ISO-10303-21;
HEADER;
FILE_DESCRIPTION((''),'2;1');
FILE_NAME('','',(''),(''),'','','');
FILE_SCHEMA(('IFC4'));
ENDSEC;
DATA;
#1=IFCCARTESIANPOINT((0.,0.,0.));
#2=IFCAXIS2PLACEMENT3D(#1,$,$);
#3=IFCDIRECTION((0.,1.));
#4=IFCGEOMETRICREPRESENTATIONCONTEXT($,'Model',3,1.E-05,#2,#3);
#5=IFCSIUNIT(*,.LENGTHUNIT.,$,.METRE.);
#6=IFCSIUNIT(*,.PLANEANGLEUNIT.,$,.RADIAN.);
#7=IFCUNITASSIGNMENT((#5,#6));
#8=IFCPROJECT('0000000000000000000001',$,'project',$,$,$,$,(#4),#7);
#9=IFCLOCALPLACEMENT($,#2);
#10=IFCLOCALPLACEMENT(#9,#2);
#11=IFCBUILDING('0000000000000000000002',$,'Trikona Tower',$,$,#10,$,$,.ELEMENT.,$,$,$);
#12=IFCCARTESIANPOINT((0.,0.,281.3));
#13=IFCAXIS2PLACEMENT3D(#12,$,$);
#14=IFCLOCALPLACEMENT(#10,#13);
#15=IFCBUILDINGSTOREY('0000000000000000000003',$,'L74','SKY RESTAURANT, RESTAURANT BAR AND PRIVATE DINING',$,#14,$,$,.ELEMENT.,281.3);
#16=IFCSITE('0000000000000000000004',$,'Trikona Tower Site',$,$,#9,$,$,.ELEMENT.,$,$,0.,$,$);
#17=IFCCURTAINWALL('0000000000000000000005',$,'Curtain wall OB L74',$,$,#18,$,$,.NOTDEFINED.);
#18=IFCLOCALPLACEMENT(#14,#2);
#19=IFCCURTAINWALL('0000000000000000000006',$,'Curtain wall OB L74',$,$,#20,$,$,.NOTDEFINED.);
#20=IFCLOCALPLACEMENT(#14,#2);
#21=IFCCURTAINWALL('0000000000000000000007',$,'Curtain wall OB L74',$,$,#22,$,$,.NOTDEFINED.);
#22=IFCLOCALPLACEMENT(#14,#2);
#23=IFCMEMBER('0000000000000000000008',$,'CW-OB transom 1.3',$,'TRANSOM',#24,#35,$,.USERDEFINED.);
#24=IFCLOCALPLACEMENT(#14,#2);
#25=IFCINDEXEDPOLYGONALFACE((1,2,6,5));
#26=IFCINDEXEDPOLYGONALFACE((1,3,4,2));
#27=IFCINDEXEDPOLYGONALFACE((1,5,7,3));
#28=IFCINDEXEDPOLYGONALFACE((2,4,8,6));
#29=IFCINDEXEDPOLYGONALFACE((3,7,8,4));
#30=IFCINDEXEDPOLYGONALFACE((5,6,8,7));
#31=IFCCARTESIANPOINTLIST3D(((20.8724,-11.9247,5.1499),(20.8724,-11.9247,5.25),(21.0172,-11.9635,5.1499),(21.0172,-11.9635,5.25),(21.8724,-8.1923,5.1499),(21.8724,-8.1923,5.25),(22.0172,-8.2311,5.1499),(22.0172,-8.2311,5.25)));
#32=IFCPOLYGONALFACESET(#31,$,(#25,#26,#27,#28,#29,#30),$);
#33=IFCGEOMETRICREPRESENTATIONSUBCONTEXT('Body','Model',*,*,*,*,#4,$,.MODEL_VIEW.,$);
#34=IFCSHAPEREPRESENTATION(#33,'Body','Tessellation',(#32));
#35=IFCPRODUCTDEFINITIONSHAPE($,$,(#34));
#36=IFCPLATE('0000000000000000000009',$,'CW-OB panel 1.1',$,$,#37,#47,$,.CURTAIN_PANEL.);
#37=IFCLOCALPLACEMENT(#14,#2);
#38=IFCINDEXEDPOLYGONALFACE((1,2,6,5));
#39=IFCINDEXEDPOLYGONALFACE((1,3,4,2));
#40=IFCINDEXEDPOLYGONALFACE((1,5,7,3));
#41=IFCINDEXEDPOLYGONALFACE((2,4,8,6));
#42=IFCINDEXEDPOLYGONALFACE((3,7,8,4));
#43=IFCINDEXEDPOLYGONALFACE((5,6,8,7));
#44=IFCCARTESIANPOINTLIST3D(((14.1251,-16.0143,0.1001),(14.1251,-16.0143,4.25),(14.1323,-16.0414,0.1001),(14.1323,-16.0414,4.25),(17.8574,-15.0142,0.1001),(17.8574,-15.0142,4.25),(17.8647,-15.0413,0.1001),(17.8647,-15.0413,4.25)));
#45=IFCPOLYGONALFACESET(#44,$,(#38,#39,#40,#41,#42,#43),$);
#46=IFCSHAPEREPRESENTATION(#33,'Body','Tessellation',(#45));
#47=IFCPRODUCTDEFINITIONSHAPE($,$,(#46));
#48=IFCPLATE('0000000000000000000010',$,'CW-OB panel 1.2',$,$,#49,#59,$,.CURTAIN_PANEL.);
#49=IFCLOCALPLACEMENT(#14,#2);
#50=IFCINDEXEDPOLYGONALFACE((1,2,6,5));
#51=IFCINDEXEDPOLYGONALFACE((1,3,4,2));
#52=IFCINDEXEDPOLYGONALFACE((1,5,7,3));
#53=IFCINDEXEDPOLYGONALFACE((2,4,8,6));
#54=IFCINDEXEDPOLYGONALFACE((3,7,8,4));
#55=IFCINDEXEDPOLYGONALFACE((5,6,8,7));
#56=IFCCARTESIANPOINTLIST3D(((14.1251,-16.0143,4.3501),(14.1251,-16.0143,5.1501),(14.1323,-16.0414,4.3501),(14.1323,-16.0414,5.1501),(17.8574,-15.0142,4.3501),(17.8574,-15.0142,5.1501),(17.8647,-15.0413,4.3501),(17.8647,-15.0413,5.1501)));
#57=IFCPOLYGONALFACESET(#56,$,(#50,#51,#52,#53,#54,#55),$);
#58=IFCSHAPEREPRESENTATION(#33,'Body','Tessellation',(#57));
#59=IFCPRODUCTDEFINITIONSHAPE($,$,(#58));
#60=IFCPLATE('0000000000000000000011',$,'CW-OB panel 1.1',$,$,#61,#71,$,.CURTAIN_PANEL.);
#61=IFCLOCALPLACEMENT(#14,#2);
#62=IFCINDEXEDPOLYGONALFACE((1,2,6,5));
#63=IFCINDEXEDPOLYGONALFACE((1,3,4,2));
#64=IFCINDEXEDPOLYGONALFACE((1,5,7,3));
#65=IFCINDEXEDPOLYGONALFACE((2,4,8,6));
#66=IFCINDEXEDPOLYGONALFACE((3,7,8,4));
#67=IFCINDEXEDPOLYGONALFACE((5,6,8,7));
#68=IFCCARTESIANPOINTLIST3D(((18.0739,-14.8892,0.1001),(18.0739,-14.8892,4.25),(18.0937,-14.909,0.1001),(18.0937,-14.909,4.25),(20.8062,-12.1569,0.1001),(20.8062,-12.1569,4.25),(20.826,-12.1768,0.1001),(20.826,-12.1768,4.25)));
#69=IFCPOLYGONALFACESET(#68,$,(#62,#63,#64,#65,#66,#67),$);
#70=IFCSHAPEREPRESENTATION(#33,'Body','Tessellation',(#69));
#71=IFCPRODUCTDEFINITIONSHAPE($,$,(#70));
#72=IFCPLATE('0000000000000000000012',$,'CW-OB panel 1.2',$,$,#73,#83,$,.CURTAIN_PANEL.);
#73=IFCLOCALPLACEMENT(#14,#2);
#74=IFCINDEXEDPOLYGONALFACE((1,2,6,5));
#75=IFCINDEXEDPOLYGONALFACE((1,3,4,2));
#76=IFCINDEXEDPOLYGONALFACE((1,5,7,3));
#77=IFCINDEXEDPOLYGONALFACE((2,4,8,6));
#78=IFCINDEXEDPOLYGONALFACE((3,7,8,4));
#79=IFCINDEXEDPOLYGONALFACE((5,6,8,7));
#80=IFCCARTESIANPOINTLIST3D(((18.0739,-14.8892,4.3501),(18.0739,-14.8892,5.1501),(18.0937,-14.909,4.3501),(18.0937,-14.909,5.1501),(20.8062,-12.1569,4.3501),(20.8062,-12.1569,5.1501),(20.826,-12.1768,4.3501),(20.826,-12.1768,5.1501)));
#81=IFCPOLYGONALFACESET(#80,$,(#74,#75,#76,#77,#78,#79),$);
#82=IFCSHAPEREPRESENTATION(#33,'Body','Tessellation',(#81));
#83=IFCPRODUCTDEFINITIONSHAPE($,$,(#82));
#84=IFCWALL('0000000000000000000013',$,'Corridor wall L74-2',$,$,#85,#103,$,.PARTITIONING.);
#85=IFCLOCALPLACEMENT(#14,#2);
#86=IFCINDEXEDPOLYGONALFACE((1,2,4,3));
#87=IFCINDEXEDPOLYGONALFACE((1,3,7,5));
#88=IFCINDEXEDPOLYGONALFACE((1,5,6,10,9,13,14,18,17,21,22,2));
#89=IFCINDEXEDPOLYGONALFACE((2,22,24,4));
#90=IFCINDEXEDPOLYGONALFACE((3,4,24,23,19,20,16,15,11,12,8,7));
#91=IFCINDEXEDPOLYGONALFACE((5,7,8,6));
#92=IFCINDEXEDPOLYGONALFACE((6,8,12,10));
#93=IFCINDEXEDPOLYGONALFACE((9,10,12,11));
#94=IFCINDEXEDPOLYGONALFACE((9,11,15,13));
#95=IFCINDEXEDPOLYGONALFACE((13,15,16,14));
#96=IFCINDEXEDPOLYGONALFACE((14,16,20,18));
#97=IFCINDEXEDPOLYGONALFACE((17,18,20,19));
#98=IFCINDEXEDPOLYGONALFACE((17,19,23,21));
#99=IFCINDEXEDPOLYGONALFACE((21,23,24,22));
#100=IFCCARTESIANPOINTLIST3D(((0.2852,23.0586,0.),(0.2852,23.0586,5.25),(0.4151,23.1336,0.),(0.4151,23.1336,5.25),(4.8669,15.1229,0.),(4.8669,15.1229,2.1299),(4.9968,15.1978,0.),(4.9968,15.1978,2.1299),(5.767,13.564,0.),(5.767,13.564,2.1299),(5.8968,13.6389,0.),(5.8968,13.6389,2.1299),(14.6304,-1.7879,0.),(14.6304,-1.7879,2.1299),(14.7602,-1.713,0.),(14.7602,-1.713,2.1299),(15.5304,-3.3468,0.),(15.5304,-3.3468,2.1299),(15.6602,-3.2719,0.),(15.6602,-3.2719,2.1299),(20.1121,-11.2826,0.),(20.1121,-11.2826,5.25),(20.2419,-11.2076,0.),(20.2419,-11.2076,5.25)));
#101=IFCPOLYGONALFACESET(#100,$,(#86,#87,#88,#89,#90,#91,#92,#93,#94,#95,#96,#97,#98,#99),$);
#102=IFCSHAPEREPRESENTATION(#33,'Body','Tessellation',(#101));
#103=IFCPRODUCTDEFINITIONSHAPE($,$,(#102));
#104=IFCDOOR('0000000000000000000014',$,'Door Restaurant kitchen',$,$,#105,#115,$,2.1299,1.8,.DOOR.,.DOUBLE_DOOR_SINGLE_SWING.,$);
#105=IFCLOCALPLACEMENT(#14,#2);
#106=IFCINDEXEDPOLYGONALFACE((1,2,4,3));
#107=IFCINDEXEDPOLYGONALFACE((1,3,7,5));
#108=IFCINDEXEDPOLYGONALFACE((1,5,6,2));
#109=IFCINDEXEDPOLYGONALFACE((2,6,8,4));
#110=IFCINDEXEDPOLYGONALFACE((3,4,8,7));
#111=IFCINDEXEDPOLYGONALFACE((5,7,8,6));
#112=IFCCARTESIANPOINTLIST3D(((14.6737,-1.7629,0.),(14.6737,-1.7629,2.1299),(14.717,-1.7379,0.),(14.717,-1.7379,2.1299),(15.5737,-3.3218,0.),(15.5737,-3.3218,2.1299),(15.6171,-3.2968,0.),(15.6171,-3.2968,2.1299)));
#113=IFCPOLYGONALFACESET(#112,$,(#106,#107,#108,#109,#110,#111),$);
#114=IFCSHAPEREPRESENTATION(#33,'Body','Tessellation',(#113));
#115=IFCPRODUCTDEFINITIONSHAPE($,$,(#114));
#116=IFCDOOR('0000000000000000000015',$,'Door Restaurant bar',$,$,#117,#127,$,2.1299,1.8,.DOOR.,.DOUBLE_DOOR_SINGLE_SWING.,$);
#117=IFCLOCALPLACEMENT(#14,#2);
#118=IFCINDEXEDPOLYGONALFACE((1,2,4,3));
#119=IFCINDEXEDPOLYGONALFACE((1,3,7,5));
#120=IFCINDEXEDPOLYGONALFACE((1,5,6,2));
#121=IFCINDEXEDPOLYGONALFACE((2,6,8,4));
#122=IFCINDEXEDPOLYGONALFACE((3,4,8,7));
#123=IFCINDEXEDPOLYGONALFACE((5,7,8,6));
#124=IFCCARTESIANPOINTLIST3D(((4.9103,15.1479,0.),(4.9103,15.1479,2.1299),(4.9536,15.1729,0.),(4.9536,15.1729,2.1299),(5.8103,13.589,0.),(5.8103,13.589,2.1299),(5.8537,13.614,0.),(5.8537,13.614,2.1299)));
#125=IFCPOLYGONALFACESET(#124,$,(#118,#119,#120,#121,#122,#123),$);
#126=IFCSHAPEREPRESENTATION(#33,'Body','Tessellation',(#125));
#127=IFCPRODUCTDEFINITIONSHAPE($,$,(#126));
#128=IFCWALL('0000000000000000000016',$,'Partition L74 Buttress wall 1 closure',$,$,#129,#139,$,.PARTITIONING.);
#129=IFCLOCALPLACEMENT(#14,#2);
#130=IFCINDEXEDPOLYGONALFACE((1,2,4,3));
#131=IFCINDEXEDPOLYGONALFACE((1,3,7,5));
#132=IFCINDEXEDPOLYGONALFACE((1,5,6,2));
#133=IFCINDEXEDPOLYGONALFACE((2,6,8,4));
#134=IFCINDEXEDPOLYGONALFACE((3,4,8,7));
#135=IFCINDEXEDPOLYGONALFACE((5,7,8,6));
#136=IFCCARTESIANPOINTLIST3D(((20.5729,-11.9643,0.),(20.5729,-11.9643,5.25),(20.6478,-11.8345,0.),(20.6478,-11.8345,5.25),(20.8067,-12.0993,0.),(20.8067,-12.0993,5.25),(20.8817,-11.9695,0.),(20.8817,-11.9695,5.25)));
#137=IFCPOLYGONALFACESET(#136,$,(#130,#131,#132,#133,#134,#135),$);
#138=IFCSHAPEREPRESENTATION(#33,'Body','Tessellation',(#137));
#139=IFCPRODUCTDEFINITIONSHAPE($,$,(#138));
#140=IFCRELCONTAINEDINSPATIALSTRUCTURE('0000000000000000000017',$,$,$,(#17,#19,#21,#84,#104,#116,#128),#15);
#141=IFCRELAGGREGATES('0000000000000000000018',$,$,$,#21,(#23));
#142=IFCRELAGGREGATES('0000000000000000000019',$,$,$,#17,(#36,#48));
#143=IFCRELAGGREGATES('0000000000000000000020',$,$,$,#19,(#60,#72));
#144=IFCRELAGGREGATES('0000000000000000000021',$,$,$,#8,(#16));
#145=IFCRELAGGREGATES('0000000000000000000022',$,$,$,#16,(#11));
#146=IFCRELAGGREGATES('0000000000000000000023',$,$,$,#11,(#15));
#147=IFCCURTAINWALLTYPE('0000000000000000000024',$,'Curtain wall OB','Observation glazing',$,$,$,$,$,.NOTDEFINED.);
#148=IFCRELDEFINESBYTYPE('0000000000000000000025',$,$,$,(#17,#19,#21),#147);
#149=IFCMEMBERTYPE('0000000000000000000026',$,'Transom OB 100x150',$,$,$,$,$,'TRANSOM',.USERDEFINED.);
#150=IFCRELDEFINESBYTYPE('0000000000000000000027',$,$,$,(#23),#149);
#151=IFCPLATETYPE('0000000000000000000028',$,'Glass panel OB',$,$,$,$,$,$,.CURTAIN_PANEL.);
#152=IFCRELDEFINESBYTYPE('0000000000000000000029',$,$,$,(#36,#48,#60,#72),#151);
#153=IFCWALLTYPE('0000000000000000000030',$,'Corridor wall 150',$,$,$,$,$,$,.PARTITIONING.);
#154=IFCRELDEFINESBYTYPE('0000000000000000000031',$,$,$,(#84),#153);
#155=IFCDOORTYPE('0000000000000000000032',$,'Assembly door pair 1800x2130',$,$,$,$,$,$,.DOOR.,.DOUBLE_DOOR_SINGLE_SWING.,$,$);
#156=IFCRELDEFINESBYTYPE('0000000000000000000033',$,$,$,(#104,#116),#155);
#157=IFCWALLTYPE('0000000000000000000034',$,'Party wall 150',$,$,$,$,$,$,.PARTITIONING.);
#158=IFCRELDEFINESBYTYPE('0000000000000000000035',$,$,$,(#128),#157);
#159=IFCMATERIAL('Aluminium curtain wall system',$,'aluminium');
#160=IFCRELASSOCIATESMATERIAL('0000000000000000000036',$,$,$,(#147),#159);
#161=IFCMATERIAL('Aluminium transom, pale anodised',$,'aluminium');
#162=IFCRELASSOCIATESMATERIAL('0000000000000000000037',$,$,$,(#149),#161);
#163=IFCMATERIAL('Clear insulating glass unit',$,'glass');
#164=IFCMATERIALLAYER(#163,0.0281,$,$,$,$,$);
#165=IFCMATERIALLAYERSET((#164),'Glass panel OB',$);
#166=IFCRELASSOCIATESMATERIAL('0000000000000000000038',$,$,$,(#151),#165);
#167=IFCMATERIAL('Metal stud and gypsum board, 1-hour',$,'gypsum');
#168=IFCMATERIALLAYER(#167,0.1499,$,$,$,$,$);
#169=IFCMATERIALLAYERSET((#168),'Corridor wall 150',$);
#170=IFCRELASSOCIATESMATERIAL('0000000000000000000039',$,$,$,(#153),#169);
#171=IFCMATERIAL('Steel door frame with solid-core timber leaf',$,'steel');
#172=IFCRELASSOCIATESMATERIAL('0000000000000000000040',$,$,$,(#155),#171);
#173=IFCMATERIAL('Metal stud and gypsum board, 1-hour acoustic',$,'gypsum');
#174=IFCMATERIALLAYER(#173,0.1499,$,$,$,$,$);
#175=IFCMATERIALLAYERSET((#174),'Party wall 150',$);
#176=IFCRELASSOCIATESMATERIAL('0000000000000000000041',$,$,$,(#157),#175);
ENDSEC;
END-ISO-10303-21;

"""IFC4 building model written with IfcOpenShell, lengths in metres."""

from ifc_helpers import new_model, si_unit, direction, frame, frame_2d, origin, origin_2d, place, context, subcontext, project, spatial, rectangle, extrude, material, layer, layer_set, material_profile, profile_set, type_object, element, fill, aggregate, save


model = new_model("IFC4")

# Units and contexts
model_context = context("Model", 3, precision=1e-05, world=origin(), true_north=direction((0.0, 1.0)))
body_context = subcontext(model_context, "Body", "Model", "MODEL_VIEW")
ifc_project = project(units=[si_unit("LENGTHUNIT", "METRE"), si_unit("PLANEANGLEUNIT", "RADIAN")], contexts=[model_context])

# Site, building, storey
site_placement = place(None, origin())
site = spatial("IfcSite", under=ifc_project, at=site_placement, Name="Trikona Tower Site", CompositionType="ELEMENT", RefElevation=0.0)
building_placement = place(site_placement, origin())
building = spatial("IfcBuilding", under=site, at=building_placement, Name="Trikona Tower", CompositionType="ELEMENT")
storey_placement = place(building_placement, frame((0.0, 0.0, 281.3)))
storey = spatial("IfcBuildingStorey", under=building, at=storey_placement, Name="L74", Description="SKY RESTAURANT, RESTAURANT BAR AND PRIVATE DINING", CompositionType="ELEMENT", Elevation=281.3)

# Curtain wall
ifc_material_1 = material(Name="Aluminium curtain wall system", Category="aluminium")
curtain_wall_type = type_object("IfcCurtainWallType", Name="Curtain wall OB", Description="Observation glazing", PredefinedType="NOTDEFINED", material=ifc_material_1)
curtain_wall_1_placement = place(storey_placement, origin())
curtain_wall_1 = element("IfcCurtainWall", 1, at=curtain_wall_1_placement, inside=storey, type_object=curtain_wall_type, Name="Curtain wall OB L74", PredefinedType="NOTDEFINED")

# Curtain wall
curtain_wall_2_placement = place(storey_placement, origin())
curtain_wall_2 = element("IfcCurtainWall", 2, at=curtain_wall_2_placement, inside=storey, type_object=curtain_wall_type, Name="Curtain wall OB L74", PredefinedType="NOTDEFINED")

# Curtain wall
curtain_wall_3_placement = place(storey_placement, origin())
curtain_wall_3 = element("IfcCurtainWall", 3, at=curtain_wall_3_placement, inside=storey, type_object=curtain_wall_type, Name="Curtain wall OB L74", PredefinedType="NOTDEFINED")

# Member
ifc_material_2 = material(Name="Aluminium transom, pale anodised", Category="aluminium")
ifc_material_profile_1 = material_profile(ifc_material_2, rectangle(XDim=0.1499, YDim=0.1001, at=origin_2d()), Name="TRN-OB")
ifc_profile_set_1 = profile_set([ifc_material_profile_1], Name="Aluminium transom, pale anodised")
member_type_1 = type_object("IfcMemberType", Name="Transom OB 100x150", ElementType="TRANSOM", PredefinedType="USERDEFINED", material=ifc_profile_set_1)
member_1_placement = place(storey_placement, frame((20.9448, -11.9441, 5.2), z_axis=(0.258795, 0.965932, 0.0), x_axis=(-0.965932, 0.258795, 0.0)))
member_1 = element("IfcMember", 4, at=member_1_placement, type_object=member_type_1, Name="CW-OB transom 1.3", ObjectType="TRANSOM", PredefinedType="USERDEFINED", context=body_context, shape_type="SweptSolid", body=[
    extrude(rectangle(XDim=0.1499, YDim=0.1001, at=origin_2d()), origin(), (0.0, 0.0, 1.0), 3.864),
])
aggregate(curtain_wall_3, [member_1])

# Plates
ifc_material_3 = material(Name="Clear insulating glass unit", Category="glass")
ifc_layer_1 = layer(ifc_material_3, 0.0281)
ifc_layer_set_1 = layer_set([ifc_layer_1], Name="Glass panel OB")
plate_type = type_object("IfcPlateType", Name="Glass panel OB", PredefinedType="CURTAIN_PANEL", material=ifc_layer_set_1)
plate_1_placement = place(storey_placement, frame((15.9949, -15.5278, 0.1001), z_axis=(0.0, 0.0, 1.0), x_axis=(0.965923, 0.258828, 0.0)))
plate_1 = element("IfcPlate", 5, at=plate_1_placement, type_object=plate_type, Name="CW-OB panel 1.1", PredefinedType="CURTAIN_PANEL", context=body_context, shape_type="SweptSolid", body=[
    extrude(rectangle(XDim=3.864, YDim=0.0281, at=origin_2d()), origin(), (0.0, 0.0, 1.0), 4.1499),
])
plate_2_placement = place(storey_placement, frame((15.9949, -15.5278, 4.3501), z_axis=(0.0, 0.0, 1.0), x_axis=(0.965923, 0.258828, 0.0)))
plate_2 = element("IfcPlate", 6, at=plate_2_placement, type_object=plate_type, Name="CW-OB panel 1.2", PredefinedType="CURTAIN_PANEL", context=body_context, shape_type="SweptSolid", body=[
    extrude(rectangle(XDim=3.864, YDim=0.0281, at=origin_2d()), origin(), (0.0, 0.0, 1.0), 0.8),
])
aggregate(curtain_wall_1, [plate_1, plate_2])
plate_3_placement = place(storey_placement, frame((19.45, -13.533, 0.1001), z_axis=(0.0, 0.0, 1.0), x_axis=(0.707107, 0.707107, 0.0)))
plate_3 = element("IfcPlate", 7, at=plate_3_placement, type_object=plate_type, Name="CW-OB panel 1.1", PredefinedType="CURTAIN_PANEL", context=body_context, shape_type="SweptSolid", body=[
    extrude(rectangle(XDim=3.864, YDim=0.0281, at=origin_2d()), origin(), (0.0, 0.0, 1.0), 4.1499),
])
plate_4_placement = place(storey_placement, frame((19.45, -13.533, 4.3501), z_axis=(0.0, 0.0, 1.0), x_axis=(0.707107, 0.707107, 0.0)))
plate_4 = element("IfcPlate", 8, at=plate_4_placement, type_object=plate_type, Name="CW-OB panel 1.2", PredefinedType="CURTAIN_PANEL", context=body_context, shape_type="SweptSolid", body=[
    extrude(rectangle(XDim=3.864, YDim=0.0281, at=origin_2d()), origin(), (0.0, 0.0, 1.0), 0.8),
])
aggregate(curtain_wall_2, [plate_3, plate_4])

# Wall, openings, doors
ifc_material_4 = material(Name="Metal stud and gypsum board, 1-hour", Category="gypsum")
ifc_layer_2 = layer(ifc_material_4, 0.1499)
ifc_layer_set_2 = layer_set([ifc_layer_2], Name="Corridor wall 150")
wall_type_1 = type_object("IfcWallType", Name="Corridor wall 150", PredefinedType="PARTITIONING", material=ifc_layer_set_2)
wall_1_placement = place(storey_placement, frame((20.177, -11.2451, 0.0), z_axis=(0.0, 0.0, 1.0), x_axis=(-0.499999, 0.866026, 0.0)))
wall_1 = element("IfcWall", 9, at=wall_1_placement, inside=storey, type_object=wall_type_1, Name="Corridor wall L74-2", PredefinedType="PARTITIONING", context=body_context, shape_type="SweptSolid", body=[
    extrude(rectangle(XDim=39.6538, YDim=0.1499, at=frame_2d((19.8269, 0.0))), origin(), (0.0, 0.0, 1.0), 5.25),
])
opening_1_placement = place(wall_1_placement, frame((9.1636, 0.0, 0.0)))
opening_1 = element("IfcOpeningElement", 10, at=opening_1_placement, cuts=wall_1, PredefinedType="OPENING", context=body_context, shape_type="SweptSolid", body=[
    extrude(rectangle(XDim=1.8, YDim=2.1299, at=frame_2d((0.8999, 1.0649))), frame((0.0, 0.085, 0.0), z_axis=(0.0, -1.0, 0.0), x_axis=(1.0, 0.0, 0.0)), (0.0, 0.0, 1.0), 0.1699),
])
opening_2_placement = place(wall_1_placement, frame((28.6904, 0.0, 0.0)))
opening_2 = element("IfcOpeningElement", 11, at=opening_2_placement, cuts=wall_1, PredefinedType="OPENING", context=body_context, shape_type="SweptSolid", body=[
    extrude(rectangle(XDim=1.8, YDim=2.1299, at=frame_2d((0.8999, 1.0649))), frame((0.0, 0.085, 0.0), z_axis=(0.0, -1.0, 0.0), x_axis=(1.0, 0.0, 0.0)), (0.0, 0.0, 1.0), 0.1699),
])
ifc_material_5 = material(Name="Steel door frame with solid-core timber leaf", Category="steel")
door_type = type_object("IfcDoorType", Name="Assembly door pair 1800x2130", OperationType="DOUBLE_DOOR_SINGLE_SWING", PredefinedType="DOOR", material=ifc_material_5)
door_1_placement = place(opening_1_placement, origin())
door_1 = element("IfcDoor", 12, at=door_1_placement, inside=storey, type_object=door_type, Name="Door Restaurant kitchen", OperationType="DOUBLE_DOOR_SINGLE_SWING", OverallHeight=2.1299, OverallWidth=1.8, PredefinedType="DOOR", context=body_context, shape_type="SweptSolid", body=[
    extrude(rectangle(XDim=1.8, YDim=2.1299, at=frame_2d((0.8999, 1.0649))), frame((0.0, 0.0249, 0.0), z_axis=(0.0, -1.0, 0.0), x_axis=(1.0, 0.0, 0.0)), (0.0, 0.0, 1.0), 0.05),
])
fill(opening_1, door_1)
door_2_placement = place(opening_2_placement, origin())
door_2 = element("IfcDoor", 13, at=door_2_placement, inside=storey, type_object=door_type, Name="Door Restaurant bar", OperationType="DOUBLE_DOOR_SINGLE_SWING", OverallHeight=2.1299, OverallWidth=1.8, PredefinedType="DOOR", context=body_context, shape_type="SweptSolid", body=[
    extrude(rectangle(XDim=1.8, YDim=2.1299, at=frame_2d((0.8999, 1.0649))), frame((0.0, 0.0249, 0.0), z_axis=(0.0, -1.0, 0.0), x_axis=(1.0, 0.0, 0.0)), (0.0, 0.0, 1.0), 0.05),
])
fill(opening_2, door_2)

# Wall
ifc_material_6 = material(Name="Metal stud and gypsum board, 1-hour acoustic", Category="gypsum")
ifc_layer_3 = layer(ifc_material_6, 0.1499)
ifc_layer_set_3 = layer_set([ifc_layer_3], Name="Party wall 150")
wall_type_2 = type_object("IfcWallType", Name="Party wall 150", PredefinedType="PARTITIONING", material=ifc_layer_set_3)
wall_2_placement = place(storey_placement, frame((20.6104, -11.8994, 0.0), z_axis=(0.0, 0.0, 1.0), x_axis=(0.866065, -0.499931, 0.0)))
element("IfcWall", 14, at=wall_2_placement, inside=storey, type_object=wall_type_2, Name="Partition L74 Buttress wall 1 closure", PredefinedType="PARTITIONING", context=body_context, shape_type="SweptSolid", body=[
    extrude(rectangle(XDim=0.27, YDim=0.1499, at=frame_2d((0.135, 0.0))), origin(), (0.0, 0.0, 1.0), 5.25),
])

save(model, "model.ifc")
